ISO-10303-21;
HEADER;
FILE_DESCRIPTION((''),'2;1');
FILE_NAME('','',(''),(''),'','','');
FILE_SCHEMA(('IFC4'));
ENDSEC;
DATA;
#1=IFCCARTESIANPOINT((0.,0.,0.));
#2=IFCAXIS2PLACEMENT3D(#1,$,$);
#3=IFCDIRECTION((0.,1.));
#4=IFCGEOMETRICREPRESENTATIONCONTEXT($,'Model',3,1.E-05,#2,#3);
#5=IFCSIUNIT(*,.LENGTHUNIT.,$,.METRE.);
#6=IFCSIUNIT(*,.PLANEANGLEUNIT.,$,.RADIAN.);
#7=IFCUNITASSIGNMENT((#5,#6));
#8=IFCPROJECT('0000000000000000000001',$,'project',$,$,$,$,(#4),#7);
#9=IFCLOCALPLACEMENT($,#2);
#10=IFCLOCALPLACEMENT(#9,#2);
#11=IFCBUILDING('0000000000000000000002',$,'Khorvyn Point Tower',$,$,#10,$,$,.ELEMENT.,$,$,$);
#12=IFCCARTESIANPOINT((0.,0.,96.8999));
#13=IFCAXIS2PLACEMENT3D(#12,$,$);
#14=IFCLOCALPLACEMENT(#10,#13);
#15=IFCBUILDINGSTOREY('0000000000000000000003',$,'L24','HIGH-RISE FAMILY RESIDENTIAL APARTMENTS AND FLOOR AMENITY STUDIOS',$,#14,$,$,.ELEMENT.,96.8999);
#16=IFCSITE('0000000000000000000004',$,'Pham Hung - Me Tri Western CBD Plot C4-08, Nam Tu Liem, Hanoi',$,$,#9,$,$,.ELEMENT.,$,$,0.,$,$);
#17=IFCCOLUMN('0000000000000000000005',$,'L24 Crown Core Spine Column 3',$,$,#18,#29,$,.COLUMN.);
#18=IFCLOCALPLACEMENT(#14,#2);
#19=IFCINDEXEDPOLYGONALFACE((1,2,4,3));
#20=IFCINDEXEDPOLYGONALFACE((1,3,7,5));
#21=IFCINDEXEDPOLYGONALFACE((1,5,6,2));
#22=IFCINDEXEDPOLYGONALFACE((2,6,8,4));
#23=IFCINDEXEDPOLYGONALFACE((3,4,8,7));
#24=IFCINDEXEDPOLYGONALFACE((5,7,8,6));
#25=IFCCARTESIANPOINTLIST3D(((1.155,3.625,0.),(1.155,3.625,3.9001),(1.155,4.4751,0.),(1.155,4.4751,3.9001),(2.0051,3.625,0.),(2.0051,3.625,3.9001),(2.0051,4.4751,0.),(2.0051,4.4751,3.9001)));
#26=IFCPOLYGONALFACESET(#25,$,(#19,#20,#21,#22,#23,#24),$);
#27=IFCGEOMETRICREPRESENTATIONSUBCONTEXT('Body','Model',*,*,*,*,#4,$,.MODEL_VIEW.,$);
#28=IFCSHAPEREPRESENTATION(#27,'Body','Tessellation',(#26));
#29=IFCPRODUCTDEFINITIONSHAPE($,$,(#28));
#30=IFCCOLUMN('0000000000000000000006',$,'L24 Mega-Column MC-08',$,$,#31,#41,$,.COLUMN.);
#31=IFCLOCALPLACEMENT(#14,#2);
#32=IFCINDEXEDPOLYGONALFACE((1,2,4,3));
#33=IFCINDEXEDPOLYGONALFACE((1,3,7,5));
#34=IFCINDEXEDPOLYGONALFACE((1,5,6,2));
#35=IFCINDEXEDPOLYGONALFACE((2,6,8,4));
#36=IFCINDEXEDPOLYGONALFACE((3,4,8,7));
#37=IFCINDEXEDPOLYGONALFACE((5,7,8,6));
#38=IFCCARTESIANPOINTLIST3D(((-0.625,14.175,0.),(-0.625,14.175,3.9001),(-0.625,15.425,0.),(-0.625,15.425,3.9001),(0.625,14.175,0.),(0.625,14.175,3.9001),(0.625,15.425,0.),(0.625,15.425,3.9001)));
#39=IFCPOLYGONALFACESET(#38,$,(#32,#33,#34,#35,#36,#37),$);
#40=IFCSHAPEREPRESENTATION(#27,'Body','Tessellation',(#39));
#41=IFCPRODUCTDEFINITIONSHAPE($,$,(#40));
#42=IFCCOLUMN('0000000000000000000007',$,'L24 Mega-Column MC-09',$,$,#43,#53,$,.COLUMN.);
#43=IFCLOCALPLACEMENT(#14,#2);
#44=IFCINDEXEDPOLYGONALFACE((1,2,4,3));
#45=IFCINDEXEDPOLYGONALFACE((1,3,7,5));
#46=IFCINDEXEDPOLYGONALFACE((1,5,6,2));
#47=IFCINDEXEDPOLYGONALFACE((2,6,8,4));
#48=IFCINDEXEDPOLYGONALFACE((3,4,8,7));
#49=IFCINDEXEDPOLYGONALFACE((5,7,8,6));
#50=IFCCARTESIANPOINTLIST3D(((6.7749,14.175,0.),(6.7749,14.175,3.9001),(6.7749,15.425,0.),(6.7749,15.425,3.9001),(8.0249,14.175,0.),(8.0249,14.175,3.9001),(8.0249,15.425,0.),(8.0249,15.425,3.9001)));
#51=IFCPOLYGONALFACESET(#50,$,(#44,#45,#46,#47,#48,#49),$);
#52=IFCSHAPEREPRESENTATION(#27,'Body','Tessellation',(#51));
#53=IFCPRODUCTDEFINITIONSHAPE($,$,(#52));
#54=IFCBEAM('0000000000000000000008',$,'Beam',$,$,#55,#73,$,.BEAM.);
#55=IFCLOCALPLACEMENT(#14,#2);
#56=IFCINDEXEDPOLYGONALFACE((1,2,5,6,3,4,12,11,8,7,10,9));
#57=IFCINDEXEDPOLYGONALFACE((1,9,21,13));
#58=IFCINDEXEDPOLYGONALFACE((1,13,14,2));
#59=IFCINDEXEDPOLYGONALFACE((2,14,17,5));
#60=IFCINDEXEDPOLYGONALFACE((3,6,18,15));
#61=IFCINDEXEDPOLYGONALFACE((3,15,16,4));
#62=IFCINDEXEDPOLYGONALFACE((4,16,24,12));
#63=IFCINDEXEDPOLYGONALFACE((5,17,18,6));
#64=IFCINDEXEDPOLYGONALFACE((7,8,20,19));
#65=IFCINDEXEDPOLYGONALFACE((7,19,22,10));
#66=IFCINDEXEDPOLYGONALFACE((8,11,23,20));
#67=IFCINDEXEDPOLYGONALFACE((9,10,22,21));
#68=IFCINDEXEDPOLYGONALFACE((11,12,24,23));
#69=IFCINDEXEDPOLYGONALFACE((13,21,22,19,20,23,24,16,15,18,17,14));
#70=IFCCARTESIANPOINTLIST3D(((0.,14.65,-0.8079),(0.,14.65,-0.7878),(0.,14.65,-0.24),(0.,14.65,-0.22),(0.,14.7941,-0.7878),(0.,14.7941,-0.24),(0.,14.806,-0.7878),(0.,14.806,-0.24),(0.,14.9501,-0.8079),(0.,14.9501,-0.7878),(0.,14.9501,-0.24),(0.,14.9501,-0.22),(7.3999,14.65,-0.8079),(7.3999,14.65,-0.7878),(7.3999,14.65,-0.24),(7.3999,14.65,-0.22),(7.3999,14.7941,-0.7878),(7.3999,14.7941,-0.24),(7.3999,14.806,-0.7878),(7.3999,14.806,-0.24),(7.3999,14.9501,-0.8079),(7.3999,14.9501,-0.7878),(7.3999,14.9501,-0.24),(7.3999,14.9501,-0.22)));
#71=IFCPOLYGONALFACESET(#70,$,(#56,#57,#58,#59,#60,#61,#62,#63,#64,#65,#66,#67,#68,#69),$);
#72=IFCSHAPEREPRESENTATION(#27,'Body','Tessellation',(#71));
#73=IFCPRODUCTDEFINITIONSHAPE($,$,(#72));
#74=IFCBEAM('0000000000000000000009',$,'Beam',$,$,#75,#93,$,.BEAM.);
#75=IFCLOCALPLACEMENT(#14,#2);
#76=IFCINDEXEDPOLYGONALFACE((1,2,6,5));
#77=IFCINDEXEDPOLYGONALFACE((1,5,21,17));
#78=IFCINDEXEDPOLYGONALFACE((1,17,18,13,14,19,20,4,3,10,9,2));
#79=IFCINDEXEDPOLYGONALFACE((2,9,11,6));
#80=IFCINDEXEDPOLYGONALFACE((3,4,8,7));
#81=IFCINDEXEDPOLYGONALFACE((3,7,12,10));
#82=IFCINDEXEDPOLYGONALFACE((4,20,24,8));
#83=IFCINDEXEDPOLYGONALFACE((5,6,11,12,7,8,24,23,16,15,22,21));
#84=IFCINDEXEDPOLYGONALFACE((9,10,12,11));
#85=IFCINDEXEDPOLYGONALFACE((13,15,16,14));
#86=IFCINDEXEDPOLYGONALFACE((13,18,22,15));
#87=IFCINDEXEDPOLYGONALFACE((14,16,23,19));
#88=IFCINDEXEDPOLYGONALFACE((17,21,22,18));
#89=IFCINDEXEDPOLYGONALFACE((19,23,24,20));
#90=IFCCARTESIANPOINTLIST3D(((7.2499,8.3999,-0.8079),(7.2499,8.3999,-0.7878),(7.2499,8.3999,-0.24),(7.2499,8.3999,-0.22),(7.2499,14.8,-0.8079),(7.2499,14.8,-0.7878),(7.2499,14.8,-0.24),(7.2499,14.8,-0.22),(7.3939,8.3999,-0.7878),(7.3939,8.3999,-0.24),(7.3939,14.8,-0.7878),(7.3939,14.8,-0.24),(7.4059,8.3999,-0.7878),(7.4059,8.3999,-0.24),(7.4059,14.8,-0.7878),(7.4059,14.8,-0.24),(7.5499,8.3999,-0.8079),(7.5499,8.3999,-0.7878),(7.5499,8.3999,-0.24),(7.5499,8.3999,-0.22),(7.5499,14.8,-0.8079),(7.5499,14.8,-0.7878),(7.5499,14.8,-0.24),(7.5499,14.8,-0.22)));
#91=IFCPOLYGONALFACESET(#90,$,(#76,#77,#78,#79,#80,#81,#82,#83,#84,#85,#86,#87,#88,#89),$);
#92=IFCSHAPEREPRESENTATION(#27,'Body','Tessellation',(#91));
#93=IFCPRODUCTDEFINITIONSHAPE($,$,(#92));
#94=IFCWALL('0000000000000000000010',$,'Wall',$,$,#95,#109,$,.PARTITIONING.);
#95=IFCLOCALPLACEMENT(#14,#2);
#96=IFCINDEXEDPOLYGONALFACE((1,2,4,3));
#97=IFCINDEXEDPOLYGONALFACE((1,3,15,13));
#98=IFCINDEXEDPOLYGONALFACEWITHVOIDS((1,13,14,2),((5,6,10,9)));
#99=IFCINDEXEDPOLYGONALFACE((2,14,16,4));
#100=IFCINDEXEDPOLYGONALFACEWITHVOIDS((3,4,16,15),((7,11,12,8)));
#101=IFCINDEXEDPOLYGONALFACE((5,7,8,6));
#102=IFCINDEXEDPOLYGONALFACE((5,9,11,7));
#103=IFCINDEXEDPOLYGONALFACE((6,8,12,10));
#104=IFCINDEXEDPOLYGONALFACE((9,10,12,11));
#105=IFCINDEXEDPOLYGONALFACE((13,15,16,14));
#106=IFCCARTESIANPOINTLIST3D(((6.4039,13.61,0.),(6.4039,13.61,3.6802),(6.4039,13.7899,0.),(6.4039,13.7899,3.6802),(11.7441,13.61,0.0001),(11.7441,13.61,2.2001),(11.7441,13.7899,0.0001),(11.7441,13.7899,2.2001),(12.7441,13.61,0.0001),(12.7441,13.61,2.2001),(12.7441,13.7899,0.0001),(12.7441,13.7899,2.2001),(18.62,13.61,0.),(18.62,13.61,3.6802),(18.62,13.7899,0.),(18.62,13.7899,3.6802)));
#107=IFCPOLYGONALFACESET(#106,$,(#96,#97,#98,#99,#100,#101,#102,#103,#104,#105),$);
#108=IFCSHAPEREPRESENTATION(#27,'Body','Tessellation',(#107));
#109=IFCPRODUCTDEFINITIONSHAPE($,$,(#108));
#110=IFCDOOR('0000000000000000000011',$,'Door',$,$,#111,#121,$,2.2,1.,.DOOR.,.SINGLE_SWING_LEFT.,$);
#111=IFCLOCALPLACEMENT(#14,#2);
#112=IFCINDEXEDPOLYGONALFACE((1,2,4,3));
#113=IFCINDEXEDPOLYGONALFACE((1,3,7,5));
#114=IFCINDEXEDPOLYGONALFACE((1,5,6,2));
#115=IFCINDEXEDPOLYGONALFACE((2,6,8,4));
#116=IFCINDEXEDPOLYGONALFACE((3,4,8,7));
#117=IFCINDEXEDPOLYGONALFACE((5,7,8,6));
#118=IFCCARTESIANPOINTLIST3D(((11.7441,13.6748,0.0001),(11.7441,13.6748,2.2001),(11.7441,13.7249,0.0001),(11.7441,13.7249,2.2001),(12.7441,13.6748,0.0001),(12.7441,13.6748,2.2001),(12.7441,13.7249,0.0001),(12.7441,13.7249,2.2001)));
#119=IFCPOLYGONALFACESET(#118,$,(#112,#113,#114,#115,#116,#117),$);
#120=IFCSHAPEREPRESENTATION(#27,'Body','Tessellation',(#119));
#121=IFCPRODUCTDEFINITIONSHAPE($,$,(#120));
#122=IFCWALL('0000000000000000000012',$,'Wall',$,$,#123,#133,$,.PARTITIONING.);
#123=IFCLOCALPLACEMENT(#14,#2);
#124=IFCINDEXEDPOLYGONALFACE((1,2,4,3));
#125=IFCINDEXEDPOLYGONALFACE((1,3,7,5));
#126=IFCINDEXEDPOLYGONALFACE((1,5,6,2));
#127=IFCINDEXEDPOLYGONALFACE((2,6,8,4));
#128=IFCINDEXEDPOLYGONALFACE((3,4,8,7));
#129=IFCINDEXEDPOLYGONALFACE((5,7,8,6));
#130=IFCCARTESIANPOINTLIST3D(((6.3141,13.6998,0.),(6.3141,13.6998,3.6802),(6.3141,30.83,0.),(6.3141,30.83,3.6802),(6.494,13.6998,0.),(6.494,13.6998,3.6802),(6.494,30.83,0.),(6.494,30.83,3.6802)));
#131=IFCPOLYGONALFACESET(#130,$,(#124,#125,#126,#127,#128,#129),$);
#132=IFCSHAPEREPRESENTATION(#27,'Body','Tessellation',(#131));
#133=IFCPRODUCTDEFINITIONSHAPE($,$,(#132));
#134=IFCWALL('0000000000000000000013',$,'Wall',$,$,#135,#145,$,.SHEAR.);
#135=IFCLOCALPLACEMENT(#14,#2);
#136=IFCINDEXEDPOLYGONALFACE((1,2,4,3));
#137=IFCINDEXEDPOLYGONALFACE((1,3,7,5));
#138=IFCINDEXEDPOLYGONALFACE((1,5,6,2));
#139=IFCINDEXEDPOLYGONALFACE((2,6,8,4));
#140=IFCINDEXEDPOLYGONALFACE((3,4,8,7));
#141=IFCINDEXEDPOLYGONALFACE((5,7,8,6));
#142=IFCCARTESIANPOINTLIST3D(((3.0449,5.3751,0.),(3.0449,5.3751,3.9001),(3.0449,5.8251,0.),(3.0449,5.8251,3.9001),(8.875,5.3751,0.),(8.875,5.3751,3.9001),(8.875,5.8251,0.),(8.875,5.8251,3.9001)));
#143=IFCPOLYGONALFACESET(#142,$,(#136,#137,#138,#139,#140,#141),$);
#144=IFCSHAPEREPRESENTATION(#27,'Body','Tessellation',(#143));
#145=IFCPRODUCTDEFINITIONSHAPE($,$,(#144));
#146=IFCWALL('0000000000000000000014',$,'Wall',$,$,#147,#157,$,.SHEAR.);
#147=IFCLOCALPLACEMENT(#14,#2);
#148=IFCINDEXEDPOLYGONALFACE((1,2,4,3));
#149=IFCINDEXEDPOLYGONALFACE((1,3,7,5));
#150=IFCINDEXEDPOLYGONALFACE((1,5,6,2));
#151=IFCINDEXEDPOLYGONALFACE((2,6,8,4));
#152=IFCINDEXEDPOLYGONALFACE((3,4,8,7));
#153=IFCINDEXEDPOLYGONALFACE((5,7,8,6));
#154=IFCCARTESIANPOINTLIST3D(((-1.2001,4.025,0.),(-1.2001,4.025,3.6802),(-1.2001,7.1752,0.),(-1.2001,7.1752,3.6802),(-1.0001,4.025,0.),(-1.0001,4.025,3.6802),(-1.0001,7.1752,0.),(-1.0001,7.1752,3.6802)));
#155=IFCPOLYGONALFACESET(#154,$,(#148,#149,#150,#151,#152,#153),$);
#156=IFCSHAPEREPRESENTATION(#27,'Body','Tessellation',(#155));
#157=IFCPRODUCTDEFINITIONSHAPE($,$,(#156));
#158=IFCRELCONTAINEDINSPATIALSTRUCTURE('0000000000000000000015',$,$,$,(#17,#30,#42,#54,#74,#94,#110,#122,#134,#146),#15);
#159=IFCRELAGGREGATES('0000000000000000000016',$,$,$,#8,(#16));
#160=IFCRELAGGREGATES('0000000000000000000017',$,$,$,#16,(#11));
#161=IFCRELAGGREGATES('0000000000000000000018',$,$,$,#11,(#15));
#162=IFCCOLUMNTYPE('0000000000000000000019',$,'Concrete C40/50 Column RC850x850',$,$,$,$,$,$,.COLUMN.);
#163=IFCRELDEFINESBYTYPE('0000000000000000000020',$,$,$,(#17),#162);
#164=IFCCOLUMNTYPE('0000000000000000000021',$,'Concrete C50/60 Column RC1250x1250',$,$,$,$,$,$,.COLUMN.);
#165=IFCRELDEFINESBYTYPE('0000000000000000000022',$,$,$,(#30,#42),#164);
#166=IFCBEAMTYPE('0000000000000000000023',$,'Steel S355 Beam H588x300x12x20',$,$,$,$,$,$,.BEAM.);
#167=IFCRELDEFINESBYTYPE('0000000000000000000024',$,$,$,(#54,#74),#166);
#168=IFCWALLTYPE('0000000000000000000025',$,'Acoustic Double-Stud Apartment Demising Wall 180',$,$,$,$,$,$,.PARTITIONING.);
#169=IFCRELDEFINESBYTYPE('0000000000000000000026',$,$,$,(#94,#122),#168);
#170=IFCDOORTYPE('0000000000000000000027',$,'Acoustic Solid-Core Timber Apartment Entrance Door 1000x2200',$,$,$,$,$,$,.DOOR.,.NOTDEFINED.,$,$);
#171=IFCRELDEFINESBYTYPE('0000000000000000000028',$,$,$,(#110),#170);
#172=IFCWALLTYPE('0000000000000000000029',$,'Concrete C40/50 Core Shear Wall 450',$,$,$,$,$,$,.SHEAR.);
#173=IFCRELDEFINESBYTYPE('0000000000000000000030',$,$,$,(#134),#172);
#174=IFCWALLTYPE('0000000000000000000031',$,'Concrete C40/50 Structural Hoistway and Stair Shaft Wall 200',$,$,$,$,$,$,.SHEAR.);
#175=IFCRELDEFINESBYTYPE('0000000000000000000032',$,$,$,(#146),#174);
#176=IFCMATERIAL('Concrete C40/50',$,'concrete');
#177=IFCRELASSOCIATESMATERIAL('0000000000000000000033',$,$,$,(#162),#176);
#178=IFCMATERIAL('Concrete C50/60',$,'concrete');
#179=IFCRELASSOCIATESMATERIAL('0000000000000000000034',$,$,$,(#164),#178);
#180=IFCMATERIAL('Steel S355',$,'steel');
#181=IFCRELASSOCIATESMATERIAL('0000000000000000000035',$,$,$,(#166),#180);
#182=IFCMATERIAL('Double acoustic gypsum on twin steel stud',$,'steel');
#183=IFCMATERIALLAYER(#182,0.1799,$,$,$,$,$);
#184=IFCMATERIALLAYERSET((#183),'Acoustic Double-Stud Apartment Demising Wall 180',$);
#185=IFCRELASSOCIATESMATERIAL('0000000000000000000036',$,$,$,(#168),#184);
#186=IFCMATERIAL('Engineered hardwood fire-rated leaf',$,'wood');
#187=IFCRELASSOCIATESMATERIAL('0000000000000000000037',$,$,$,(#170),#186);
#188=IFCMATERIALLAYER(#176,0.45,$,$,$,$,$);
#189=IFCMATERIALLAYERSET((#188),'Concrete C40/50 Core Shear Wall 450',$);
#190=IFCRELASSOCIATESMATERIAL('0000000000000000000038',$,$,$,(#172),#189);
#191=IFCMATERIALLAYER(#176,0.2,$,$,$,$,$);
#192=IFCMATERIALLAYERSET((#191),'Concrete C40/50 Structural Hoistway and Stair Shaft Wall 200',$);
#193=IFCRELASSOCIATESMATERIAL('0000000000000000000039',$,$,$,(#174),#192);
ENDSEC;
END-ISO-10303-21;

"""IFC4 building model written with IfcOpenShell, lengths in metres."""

from ifc_helpers import new_model, si_unit, direction, frame, frame_2d, origin, origin_2d, place, context, subcontext, project, spatial, rectangle, i_section, extrude, material, layer, layer_set, material_profile, profile_set, type_object, element, fill, save


model = new_model("IFC4")

# Units and contexts
model_context = context("Model", 3, precision=1e-05, world=origin(), true_north=direction((0.0, 1.0)))
body_context = subcontext(model_context, "Body", "Model", "MODEL_VIEW")
ifc_project = project(units=[si_unit("LENGTHUNIT", "METRE"), si_unit("PLANEANGLEUNIT", "RADIAN")], contexts=[model_context])

# Site, building, storey
site_placement = place(None, origin())
site = spatial("IfcSite", under=ifc_project, at=site_placement, Name="Pham Hung - Me Tri Western CBD Plot C4-08, Nam Tu Liem, Hanoi", CompositionType="ELEMENT", RefElevation=0.0)
building_placement = place(site_placement, origin())
building = spatial("IfcBuilding", under=site, at=building_placement, Name="Khorvyn Point Tower", CompositionType="ELEMENT")
storey_placement = place(building_placement, frame((0.0, 0.0, 96.8999)))
storey = spatial("IfcBuildingStorey", under=building, at=storey_placement, Name="L24", Description="HIGH-RISE FAMILY RESIDENTIAL APARTMENTS AND FLOOR AMENITY STUDIOS", CompositionType="ELEMENT", Elevation=96.8999)

# Columns
ifc_material_1 = material(Name="Concrete C40/50", Category="concrete")
ifc_material_profile_1 = material_profile(ifc_material_1, rectangle(XDim=0.8501, YDim=0.8501, at=origin_2d()))
ifc_profile_set_1 = profile_set([ifc_material_profile_1], Name="Concrete C40/50 RC850x850")
column_type_1 = type_object("IfcColumnType", Name="Concrete C40/50 Column RC850x850", PredefinedType="COLUMN", material=ifc_profile_set_1)
column_placement = place(storey_placement, frame((1.5801, 4.05, 0.0), z_axis=(0.0, 0.0, 1.0), x_axis=(1.0, 0.0, 0.0)))
element("IfcColumn", 1, at=column_placement, inside=storey, type_object=column_type_1, Name="L24 Crown Core Spine Column 3", PredefinedType="COLUMN", context=body_context, shape_type="SweptSolid", body=[
    extrude(rectangle(XDim=0.8501, YDim=0.8501, at=origin_2d()), origin(), (0.0, 0.0, 1.0), 3.9001),
])
ifc_material_2 = material(Name="Concrete C50/60", Category="concrete")
ifc_material_profile_2 = material_profile(ifc_material_2, rectangle(XDim=1.25, YDim=1.25, at=origin_2d()))
ifc_profile_set_2 = profile_set([ifc_material_profile_2], Name="Concrete C50/60 RC1250x1250")
column_type_2 = type_object("IfcColumnType", Name="Concrete C50/60 Column RC1250x1250", PredefinedType="COLUMN", material=ifc_profile_set_2)
for number, where, z_axis, x_axis, name in (
    (2, (0.0, 14.8, 0.0), (0.0, 0.0, 1.0), (1.0, 0.0, 0.0), "L24 Mega-Column MC-08"),
    (3, (7.3999, 14.8, 0.0), (0.0, 0.0, 1.0), (1.0, 0.0, 0.0), "L24 Mega-Column MC-09"),
):
    element("IfcColumn", number, at=place(storey_placement, frame(where, z_axis=z_axis, x_axis=x_axis)), inside=storey, type_object=column_type_2, Name=name, PredefinedType="COLUMN", context=body_context, shape_type="SweptSolid", body=[
        extrude(rectangle(XDim=1.25, YDim=1.25, at=origin_2d()), origin(), (0.0, 0.0, 1.0), 3.9001),
    ])

# Beams
ifc_material_3 = material(Name="Steel S355", Category="steel")
ifc_material_profile_3 = material_profile(ifc_material_3, i_section(OverallWidth=0.3, OverallDepth=0.5879, WebThickness=0.012, FlangeThickness=0.02, at=origin_2d()))
ifc_profile_set_3 = profile_set([ifc_material_profile_3], Name="Steel S355 H588x300x12x20")
beam_type = type_object("IfcBeamType", Name="Steel S355 Beam H588x300x12x20", PredefinedType="BEAM", material=ifc_profile_set_3)
beam_1_placement = place(storey_placement, frame((0.0, 14.8, -0.5139), z_axis=(1.0, 0.0, 0.0), x_axis=(0.0, 1.0, 0.0)))
element("IfcBeam", 4, at=beam_1_placement, inside=storey, type_object=beam_type, Name="Beam", PredefinedType="BEAM", context=body_context, shape_type="SweptSolid", body=[
    extrude(i_section(OverallWidth=0.3, OverallDepth=0.5879, WebThickness=0.012, FlangeThickness=0.02, at=origin_2d()), origin(), (0.0, 0.0, 1.0), 7.3999),
])
beam_2_placement = place(storey_placement, frame((7.3999, 8.3999, -0.5139), z_axis=(0.0, 1.0, 0.0), x_axis=(-1.0, 0.0, 0.0)))
element("IfcBeam", 5, at=beam_2_placement, inside=storey, type_object=beam_type, Name="Beam", PredefinedType="BEAM", context=body_context, shape_type="SweptSolid", body=[
    extrude(i_section(OverallWidth=0.3, OverallDepth=0.5879, WebThickness=0.012, FlangeThickness=0.02, at=origin_2d()), origin(), (0.0, 0.0, 1.0), 6.4001),
])

# Wall, opening, door
ifc_material_4 = material(Name="Double acoustic gypsum on twin steel stud", Category="steel")
ifc_layer_1 = layer(ifc_material_4, 0.1799)
ifc_layer_set_1 = layer_set([ifc_layer_1], Name="Acoustic Double-Stud Apartment Demising Wall 180")
wall_type_1 = type_object("IfcWallType", Name="Acoustic Double-Stud Apartment Demising Wall 180", PredefinedType="PARTITIONING", material=ifc_layer_set_1)
wall_1_placement = place(storey_placement, frame((6.4041, 13.7, 0.0), z_axis=(0.0, 0.0, 1.0), x_axis=(1.0, 0.0, 0.0)))
wall_1 = element("IfcWall", 6, at=wall_1_placement, inside=storey, type_object=wall_type_1, Name="Wall", PredefinedType="PARTITIONING", context=body_context, shape_type="SweptSolid", body=[
    extrude(rectangle(XDim=12.2161, YDim=0.1799, at=frame_2d((6.1079, 0.0))), origin(), (0.0, 0.0, 1.0), 3.6802),
])
opening_1_placement = place(wall_1_placement, frame((5.3401, 0.0, 0.0)))
opening_1 = element("IfcOpeningElement", 7, at=opening_1_placement, cuts=wall_1, PredefinedType="OPENING", context=body_context, shape_type="SweptSolid", body=[
    extrude(rectangle(XDim=1.0, YDim=2.2, at=frame_2d((0.5, 1.1001))), frame((0.0, 0.0999, 0.0), z_axis=(0.0, -1.0, 0.0), x_axis=(1.0, 0.0, 0.0)), (0.0, 0.0, 1.0), 0.2),
])
ifc_material_5 = material(Name="Engineered hardwood fire-rated leaf", Category="wood")
door_type_1 = type_object("IfcDoorType", Name="Acoustic Solid-Core Timber Apartment Entrance Door 1000x2200", OperationType="NOTDEFINED", PredefinedType="DOOR", material=ifc_material_5)
door_1_placement = place(opening_1_placement, origin())
door_1 = element("IfcDoor", 8, at=door_1_placement, inside=storey, type_object=door_type_1, Name="Door", OperationType="SINGLE_SWING_LEFT", OverallHeight=2.2, OverallWidth=1.0, PredefinedType="DOOR", context=body_context, shape_type="SweptSolid", body=[
    extrude(rectangle(XDim=1.0, YDim=2.2, at=frame_2d((0.5, 1.1001))), frame((0.0, 0.0249, 0.0), z_axis=(0.0, -1.0, 0.0), x_axis=(1.0, 0.0, 0.0)), (0.0, 0.0, 1.0), 0.05),
])
fill(opening_1, door_1)

# Walls
wall_2_placement = place(storey_placement, frame((6.4041, 13.7, 0.0), z_axis=(0.0, 0.0, 1.0), x_axis=(0.0, 1.0, 0.0)))
element("IfcWall", 9, at=wall_2_placement, inside=storey, type_object=wall_type_1, Name="Wall", PredefinedType="PARTITIONING", context=body_context, shape_type="SweptSolid", body=[
    extrude(rectangle(XDim=17.1301, YDim=0.1799, at=frame_2d((8.5649, 0.0))), origin(), (0.0, 0.0, 1.0), 3.6802),
])
ifc_layer_2 = layer(ifc_material_1, 0.45)
ifc_layer_set_2 = layer_set([ifc_layer_2], Name="Concrete C40/50 Core Shear Wall 450")
wall_type_2 = type_object("IfcWallType", Name="Concrete C40/50 Core Shear Wall 450", PredefinedType="SHEAR", material=ifc_layer_set_2)
wall_3_placement = place(storey_placement, frame((3.0449, 5.6001, 0.0), z_axis=(0.0, 0.0, 1.0), x_axis=(1.0, 0.0, 0.0)))
element("IfcWall", 10, at=wall_3_placement, inside=storey, type_object=wall_type_2, Name="Wall", PredefinedType="SHEAR", context=body_context, shape_type="SweptSolid", body=[
    extrude(rectangle(XDim=5.8301, YDim=0.45, at=frame_2d((2.915, 0.0))), origin(), (0.0, 0.0, 1.0), 3.9001),
])

# Wall
ifc_layer_3 = layer(ifc_material_1, 0.2)
ifc_layer_set_3 = layer_set([ifc_layer_3], Name="Concrete C40/50 Structural Hoistway and Stair Shaft Wall 200")
wall_type_3 = type_object("IfcWallType", Name="Concrete C40/50 Structural Hoistway and Stair Shaft Wall 200", PredefinedType="SHEAR", material=ifc_layer_set_3)
wall_4_placement = place(storey_placement, frame((-1.1001, 4.0249, 0.0), z_axis=(0.0, 0.0, 1.0), x_axis=(0.0, 1.0, 0.0)))
element("IfcWall", 11, at=wall_4_placement, inside=storey, type_object=wall_type_3, Name="Wall", PredefinedType="SHEAR", context=body_context, shape_type="SweptSolid", body=[
    extrude(rectangle(XDim=3.1501, YDim=0.2, at=frame_2d((1.5752, 0.0))), origin(), (0.0, 0.0, 1.0), 3.6802),
])

save(model, "model.ifc")
